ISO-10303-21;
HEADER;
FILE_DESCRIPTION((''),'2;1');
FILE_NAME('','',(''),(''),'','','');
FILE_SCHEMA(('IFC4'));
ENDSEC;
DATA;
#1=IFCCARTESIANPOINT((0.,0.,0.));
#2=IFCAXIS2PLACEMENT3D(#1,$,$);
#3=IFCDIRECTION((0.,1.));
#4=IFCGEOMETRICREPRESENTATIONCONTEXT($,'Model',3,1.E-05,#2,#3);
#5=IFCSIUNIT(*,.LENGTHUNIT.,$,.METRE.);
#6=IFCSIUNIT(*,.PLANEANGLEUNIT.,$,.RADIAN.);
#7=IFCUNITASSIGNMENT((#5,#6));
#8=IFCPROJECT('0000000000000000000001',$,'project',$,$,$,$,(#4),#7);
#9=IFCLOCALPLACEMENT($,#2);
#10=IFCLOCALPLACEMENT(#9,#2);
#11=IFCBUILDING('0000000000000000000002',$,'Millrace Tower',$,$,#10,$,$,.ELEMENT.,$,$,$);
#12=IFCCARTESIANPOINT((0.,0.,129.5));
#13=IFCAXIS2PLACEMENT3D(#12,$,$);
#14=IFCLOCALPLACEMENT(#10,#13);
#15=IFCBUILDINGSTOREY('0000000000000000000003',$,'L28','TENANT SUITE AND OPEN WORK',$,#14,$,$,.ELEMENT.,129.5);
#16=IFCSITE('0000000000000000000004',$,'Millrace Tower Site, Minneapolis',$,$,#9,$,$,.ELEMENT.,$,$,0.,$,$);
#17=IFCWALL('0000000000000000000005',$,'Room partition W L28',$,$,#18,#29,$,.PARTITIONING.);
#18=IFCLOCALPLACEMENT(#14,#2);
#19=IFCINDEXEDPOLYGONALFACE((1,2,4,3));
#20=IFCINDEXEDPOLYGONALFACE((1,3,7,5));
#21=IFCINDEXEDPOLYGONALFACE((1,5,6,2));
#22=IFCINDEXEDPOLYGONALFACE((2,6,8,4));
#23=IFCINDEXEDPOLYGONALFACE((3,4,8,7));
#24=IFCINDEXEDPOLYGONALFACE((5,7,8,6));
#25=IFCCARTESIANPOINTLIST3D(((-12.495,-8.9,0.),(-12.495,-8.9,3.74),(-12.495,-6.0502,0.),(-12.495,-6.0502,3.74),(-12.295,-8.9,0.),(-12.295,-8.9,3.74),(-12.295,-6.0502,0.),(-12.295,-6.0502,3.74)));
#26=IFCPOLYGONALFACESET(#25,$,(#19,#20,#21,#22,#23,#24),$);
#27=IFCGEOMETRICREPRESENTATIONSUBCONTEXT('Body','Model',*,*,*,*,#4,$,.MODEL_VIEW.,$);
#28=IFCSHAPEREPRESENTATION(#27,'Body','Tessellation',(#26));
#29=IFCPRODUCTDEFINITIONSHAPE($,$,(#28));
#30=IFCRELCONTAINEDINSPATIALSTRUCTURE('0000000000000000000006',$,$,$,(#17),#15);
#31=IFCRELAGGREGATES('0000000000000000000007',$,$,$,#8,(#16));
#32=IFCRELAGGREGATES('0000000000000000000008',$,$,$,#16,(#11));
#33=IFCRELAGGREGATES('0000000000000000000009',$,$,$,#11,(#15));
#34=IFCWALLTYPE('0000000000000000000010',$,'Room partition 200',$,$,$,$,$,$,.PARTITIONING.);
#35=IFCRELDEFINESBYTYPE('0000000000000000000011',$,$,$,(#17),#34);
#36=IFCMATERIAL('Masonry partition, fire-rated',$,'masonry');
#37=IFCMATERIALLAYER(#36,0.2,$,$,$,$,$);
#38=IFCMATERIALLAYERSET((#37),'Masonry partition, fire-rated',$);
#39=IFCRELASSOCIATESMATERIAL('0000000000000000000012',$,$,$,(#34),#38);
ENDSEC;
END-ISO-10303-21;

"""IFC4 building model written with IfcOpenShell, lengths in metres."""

from ifc_helpers import new_model, si_unit, direction, frame, frame_2d, origin, place, context, subcontext, project, spatial, rectangle, extrude, material, layer, layer_set, type_object, element, save


model = new_model("IFC4")

# Units and contexts
model_context = context("Model", 3, precision=1e-05, world=origin(), true_north=direction((0.0, 1.0)))
body_context = subcontext(model_context, "Body", "Model", "MODEL_VIEW")
ifc_project = project(units=[si_unit("LENGTHUNIT", "METRE"), si_unit("PLANEANGLEUNIT", "RADIAN")], contexts=[model_context])

# Site, building, storey
site_placement = place(None, origin())
site = spatial("IfcSite", under=ifc_project, at=site_placement, Name="Millrace Tower Site, Minneapolis", CompositionType="ELEMENT", RefElevation=0.0)
building_placement = place(site_placement, origin())
building = spatial("IfcBuilding", under=site, at=building_placement, Name="Millrace Tower", CompositionType="ELEMENT")
storey_placement = place(building_placement, frame((0.0, 0.0, 129.5)))
storey = spatial("IfcBuildingStorey", under=building, at=storey_placement, Name="L28", Description="TENANT SUITE AND OPEN WORK", CompositionType="ELEMENT", Elevation=129.5)

# Wall
ifc_material_1 = material(Name="Masonry partition, fire-rated", Category="masonry")
ifc_layer_1 = layer(ifc_material_1, 0.2)
ifc_layer_set_1 = layer_set([ifc_layer_1], Name="Masonry partition, fire-rated")
wall_type_1 = type_object("IfcWallType", Name="Room partition 200", PredefinedType="PARTITIONING", material=ifc_layer_set_1)
wall_1_placement = place(storey_placement, frame((-12.395, -8.8999, 0.0), z_axis=(0.0, 0.0, 1.0), x_axis=(0.0, 1.0, 0.0)))
element("IfcWall", 1, at=wall_1_placement, inside=storey, type_object=wall_type_1, Name="Room partition W L28", PredefinedType="PARTITIONING", context=body_context, shape_type="SweptSolid", body=[
    extrude(rectangle(XDim=2.8499, YDim=0.2, at=frame_2d((1.4248, 0.0))), origin(), (0.0, 0.0, 1.0), 3.74),
])

save(model, "model.ifc")
